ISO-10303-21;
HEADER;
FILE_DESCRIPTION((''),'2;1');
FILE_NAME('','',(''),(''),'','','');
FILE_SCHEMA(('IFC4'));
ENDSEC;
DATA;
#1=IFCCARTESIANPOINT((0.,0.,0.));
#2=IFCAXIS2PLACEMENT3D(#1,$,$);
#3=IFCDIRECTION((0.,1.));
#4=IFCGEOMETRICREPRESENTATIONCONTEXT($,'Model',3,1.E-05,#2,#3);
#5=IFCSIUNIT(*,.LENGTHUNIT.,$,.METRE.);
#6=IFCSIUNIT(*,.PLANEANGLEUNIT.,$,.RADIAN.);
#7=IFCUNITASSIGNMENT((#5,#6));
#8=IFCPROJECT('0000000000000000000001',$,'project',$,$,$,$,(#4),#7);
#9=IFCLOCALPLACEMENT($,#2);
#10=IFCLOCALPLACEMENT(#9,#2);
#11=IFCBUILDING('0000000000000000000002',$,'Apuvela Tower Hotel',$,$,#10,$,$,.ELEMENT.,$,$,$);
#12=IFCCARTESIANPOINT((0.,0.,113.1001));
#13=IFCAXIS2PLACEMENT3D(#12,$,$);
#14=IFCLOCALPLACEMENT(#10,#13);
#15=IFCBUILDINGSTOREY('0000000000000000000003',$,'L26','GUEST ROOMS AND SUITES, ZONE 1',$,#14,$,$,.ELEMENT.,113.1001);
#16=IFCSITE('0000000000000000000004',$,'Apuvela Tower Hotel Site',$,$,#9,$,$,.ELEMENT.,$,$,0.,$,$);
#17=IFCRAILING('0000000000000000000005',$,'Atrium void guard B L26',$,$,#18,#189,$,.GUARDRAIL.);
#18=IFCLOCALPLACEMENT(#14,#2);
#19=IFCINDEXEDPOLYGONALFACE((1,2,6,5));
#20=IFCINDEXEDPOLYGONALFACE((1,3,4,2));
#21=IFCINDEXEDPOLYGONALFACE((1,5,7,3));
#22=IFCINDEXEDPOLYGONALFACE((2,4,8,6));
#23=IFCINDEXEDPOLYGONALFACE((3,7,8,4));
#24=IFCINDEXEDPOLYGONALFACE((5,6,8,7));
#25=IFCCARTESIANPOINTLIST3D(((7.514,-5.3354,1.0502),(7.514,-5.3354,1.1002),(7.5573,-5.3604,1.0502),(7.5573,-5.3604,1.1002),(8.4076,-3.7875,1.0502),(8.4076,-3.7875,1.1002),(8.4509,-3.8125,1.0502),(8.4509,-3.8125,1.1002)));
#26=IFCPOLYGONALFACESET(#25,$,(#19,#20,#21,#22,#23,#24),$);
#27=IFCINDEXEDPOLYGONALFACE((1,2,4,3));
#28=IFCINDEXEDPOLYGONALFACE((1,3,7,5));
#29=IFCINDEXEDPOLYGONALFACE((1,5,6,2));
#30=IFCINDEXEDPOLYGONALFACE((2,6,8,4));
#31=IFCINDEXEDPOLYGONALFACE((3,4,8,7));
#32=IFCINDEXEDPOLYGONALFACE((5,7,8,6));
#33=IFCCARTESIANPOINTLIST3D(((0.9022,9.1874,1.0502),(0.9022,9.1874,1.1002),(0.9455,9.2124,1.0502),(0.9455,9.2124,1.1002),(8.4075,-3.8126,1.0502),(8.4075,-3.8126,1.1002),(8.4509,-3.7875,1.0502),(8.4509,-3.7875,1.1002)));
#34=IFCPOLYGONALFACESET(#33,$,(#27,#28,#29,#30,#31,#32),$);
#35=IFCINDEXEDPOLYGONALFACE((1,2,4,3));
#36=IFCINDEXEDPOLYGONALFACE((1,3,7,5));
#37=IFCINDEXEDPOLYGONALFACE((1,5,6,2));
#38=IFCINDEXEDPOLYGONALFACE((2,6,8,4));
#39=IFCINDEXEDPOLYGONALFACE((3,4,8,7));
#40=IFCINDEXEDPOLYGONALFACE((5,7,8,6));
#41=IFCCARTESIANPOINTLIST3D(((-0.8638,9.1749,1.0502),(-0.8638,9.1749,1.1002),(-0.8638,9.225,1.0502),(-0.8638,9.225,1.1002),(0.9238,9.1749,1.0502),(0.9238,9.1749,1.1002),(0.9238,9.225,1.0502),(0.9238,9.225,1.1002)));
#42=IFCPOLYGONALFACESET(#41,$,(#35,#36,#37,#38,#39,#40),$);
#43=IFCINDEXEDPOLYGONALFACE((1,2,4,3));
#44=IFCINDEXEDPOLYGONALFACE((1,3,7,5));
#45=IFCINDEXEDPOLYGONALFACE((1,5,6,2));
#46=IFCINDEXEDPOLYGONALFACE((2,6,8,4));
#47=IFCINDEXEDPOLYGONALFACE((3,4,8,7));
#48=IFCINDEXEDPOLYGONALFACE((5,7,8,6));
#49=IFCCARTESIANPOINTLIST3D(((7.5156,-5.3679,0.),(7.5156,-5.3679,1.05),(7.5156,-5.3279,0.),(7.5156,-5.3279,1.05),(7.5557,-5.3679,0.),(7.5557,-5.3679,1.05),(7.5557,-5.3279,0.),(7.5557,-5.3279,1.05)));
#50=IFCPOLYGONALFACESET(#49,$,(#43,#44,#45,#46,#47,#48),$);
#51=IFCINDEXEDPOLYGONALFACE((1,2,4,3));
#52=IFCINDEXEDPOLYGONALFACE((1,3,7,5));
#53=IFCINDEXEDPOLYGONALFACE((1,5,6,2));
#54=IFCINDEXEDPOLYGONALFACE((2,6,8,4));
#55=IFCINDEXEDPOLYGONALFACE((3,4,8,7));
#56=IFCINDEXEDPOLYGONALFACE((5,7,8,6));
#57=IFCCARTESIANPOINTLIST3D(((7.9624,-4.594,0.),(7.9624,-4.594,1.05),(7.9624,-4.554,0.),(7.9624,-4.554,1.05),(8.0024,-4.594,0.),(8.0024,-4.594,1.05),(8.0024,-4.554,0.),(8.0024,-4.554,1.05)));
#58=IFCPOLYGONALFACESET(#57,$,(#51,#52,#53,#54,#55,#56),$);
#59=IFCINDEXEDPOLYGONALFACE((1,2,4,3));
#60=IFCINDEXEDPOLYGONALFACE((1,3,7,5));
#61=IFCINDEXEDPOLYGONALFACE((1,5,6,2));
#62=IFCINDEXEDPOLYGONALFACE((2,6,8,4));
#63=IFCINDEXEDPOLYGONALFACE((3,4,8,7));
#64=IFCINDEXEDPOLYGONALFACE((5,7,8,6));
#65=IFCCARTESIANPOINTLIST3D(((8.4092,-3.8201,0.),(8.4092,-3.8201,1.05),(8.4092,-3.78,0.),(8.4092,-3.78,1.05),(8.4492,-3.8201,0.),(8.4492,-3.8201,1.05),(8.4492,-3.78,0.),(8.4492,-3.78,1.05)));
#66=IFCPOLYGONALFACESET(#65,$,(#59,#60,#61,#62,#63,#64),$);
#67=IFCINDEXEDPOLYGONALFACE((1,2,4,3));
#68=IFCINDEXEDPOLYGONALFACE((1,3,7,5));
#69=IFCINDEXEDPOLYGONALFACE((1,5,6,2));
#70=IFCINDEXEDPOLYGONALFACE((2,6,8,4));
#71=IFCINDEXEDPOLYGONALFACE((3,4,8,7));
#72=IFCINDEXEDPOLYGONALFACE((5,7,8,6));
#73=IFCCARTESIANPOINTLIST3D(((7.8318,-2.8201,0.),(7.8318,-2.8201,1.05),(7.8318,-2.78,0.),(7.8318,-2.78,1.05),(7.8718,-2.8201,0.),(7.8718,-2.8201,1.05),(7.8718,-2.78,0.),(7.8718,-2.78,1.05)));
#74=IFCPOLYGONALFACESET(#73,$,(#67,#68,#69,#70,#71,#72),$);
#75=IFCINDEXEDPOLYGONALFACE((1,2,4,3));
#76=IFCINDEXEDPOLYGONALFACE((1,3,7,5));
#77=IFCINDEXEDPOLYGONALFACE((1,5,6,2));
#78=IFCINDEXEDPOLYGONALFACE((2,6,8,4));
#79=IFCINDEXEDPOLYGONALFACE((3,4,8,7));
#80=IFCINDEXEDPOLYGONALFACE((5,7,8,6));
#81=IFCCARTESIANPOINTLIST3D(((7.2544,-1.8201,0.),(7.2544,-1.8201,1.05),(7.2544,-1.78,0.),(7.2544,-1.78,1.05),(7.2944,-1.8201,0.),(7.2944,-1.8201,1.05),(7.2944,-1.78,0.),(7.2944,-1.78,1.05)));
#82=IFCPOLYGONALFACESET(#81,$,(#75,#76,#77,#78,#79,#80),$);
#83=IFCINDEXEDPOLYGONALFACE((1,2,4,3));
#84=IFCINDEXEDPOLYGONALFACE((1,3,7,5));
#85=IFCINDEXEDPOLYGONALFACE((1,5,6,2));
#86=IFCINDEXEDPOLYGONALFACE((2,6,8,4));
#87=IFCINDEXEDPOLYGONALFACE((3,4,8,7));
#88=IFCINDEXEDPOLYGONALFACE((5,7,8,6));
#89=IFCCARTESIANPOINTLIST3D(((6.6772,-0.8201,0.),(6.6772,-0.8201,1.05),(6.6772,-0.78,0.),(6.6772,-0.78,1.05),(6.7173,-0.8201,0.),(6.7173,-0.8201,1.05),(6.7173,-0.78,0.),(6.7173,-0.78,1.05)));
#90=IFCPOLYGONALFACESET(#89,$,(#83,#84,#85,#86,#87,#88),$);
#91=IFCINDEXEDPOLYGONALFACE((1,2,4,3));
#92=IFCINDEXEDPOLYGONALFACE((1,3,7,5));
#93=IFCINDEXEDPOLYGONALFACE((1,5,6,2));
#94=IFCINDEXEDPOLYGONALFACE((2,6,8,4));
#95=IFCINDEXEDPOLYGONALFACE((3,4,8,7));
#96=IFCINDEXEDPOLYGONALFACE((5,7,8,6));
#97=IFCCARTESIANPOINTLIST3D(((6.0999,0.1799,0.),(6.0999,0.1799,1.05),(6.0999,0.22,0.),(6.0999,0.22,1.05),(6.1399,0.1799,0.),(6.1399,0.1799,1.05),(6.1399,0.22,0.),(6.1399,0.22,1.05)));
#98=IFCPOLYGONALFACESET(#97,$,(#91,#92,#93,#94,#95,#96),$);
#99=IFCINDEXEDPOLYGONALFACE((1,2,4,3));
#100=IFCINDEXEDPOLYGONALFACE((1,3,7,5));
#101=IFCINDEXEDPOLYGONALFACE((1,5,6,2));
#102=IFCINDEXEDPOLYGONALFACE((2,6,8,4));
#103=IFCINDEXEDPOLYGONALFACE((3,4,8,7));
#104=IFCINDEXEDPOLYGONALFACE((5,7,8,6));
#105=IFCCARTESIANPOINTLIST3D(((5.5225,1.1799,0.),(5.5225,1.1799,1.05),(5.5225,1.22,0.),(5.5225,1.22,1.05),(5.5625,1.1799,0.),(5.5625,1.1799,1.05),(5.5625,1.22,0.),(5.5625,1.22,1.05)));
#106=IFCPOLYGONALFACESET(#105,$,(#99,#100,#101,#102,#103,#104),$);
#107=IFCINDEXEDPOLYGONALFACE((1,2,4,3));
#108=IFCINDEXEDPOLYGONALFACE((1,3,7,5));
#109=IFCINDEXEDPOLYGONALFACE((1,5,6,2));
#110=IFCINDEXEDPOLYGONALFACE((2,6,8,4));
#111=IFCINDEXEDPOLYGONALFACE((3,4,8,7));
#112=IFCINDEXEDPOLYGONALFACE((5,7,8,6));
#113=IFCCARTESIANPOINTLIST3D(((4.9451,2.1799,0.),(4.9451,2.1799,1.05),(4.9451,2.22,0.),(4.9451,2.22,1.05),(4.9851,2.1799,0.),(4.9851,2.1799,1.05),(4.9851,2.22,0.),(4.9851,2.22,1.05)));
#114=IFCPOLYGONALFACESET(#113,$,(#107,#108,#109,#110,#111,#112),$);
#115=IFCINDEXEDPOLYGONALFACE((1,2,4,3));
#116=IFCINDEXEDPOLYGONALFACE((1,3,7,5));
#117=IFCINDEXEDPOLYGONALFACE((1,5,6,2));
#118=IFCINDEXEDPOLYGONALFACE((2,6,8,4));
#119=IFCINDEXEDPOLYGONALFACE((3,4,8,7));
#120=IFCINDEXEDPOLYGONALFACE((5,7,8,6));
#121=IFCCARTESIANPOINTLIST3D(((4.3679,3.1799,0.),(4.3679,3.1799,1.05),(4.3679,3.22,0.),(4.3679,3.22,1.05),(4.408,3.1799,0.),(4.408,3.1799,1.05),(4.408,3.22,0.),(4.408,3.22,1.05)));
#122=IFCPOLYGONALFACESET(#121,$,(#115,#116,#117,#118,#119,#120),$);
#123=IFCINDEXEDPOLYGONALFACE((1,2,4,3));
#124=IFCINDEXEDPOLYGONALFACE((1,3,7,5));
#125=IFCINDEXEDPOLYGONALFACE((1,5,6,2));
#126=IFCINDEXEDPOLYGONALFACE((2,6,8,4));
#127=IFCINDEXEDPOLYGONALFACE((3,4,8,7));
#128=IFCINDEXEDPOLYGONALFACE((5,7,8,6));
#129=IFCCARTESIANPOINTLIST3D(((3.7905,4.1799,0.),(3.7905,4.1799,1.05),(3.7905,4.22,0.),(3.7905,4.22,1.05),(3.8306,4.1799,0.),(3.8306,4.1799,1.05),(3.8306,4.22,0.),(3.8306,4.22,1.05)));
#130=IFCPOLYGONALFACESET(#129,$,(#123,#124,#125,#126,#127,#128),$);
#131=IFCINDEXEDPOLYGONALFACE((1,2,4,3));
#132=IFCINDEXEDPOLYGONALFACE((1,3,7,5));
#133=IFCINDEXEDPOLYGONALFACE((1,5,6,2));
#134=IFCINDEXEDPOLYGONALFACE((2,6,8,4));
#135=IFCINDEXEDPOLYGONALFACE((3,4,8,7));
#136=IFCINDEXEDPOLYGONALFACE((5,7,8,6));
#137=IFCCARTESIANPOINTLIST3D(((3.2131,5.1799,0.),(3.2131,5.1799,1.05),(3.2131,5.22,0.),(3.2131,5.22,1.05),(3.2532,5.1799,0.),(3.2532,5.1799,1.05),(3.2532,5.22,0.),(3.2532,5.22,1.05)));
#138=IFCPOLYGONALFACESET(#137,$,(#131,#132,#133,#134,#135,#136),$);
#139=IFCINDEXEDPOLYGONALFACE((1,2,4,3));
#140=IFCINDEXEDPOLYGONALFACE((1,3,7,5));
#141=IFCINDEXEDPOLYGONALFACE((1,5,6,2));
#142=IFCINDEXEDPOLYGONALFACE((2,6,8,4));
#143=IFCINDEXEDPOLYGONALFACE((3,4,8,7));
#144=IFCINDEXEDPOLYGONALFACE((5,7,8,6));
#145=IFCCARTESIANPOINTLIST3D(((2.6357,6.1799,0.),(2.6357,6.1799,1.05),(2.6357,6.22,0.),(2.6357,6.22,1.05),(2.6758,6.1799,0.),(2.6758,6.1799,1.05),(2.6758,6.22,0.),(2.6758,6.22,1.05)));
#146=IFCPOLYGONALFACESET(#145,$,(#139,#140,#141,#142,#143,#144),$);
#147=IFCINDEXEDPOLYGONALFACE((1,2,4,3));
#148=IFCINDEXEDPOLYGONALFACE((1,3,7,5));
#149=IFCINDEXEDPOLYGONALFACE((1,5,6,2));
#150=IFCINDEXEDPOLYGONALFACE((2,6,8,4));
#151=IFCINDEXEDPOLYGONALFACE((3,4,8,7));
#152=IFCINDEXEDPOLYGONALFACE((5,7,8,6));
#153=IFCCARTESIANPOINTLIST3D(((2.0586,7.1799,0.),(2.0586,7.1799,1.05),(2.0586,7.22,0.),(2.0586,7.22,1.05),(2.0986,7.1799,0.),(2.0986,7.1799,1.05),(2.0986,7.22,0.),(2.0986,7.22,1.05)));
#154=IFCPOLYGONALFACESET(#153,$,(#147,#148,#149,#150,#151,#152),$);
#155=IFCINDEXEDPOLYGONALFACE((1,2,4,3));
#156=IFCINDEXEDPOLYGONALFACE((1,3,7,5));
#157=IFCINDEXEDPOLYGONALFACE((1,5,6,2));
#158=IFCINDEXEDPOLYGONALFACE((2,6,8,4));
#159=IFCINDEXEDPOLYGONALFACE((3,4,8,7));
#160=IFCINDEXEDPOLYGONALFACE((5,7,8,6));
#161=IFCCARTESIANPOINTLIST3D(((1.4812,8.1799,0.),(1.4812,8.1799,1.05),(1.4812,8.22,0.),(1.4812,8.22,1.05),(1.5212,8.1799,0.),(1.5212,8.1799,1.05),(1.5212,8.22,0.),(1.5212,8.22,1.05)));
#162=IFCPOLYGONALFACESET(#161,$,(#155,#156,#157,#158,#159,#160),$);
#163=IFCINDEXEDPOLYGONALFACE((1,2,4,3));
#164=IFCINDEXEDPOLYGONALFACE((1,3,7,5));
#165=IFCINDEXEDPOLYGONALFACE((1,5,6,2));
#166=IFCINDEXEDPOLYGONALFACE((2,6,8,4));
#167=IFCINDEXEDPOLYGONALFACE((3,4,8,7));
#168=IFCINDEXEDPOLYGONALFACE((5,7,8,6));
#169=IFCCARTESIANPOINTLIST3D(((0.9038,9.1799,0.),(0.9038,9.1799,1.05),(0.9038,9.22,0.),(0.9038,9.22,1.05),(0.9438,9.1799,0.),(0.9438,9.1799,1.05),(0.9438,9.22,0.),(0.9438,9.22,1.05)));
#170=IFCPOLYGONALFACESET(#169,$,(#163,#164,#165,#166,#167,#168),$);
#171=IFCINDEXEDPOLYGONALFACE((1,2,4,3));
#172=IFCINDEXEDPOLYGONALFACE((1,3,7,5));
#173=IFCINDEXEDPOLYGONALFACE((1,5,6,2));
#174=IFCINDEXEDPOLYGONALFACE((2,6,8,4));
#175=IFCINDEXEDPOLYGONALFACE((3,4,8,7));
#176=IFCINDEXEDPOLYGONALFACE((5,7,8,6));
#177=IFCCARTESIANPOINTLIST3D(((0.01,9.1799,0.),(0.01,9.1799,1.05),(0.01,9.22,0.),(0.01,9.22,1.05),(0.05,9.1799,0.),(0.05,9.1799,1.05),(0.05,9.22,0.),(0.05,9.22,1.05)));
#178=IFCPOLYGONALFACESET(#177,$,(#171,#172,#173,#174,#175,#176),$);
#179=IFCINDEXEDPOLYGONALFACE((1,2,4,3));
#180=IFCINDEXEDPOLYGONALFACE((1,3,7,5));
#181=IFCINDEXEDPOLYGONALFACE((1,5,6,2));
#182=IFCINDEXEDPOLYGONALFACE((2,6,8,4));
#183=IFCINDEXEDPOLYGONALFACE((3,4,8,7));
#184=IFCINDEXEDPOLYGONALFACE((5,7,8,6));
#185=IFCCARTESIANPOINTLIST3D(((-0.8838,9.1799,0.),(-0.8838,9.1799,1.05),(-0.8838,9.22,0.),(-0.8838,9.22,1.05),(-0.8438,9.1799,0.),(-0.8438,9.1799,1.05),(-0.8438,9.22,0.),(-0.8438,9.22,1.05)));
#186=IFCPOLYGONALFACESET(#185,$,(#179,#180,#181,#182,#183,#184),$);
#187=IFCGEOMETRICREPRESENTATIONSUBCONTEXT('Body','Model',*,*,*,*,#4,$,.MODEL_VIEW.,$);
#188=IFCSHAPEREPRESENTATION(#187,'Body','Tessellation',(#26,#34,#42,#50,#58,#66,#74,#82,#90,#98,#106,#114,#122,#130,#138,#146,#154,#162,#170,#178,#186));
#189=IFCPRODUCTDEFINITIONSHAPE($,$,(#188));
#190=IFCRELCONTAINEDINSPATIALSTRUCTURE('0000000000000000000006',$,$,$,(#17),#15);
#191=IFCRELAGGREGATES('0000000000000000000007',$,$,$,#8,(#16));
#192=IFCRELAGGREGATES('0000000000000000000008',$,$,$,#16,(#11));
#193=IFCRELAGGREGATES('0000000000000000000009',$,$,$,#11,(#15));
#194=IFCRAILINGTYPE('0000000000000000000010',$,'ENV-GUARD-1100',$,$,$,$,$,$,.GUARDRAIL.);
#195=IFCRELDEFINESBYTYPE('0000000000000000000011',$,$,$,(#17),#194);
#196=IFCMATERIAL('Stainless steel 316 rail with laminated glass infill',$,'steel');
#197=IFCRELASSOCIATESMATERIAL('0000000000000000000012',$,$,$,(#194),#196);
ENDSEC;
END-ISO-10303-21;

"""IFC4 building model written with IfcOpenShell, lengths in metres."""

from ifc_helpers import new_model, si_unit, direction, frame, origin, origin_2d, place, context, subcontext, project, spatial, rectangle, extrude, material, type_object, element, save


model = new_model("IFC4")

# Units and contexts
model_context = context("Model", 3, precision=1e-05, world=origin(), true_north=direction((0.0, 1.0)))
body_context = subcontext(model_context, "Body", "Model", "MODEL_VIEW")
ifc_project = project(units=[si_unit("LENGTHUNIT", "METRE"), si_unit("PLANEANGLEUNIT", "RADIAN")], contexts=[model_context])

# Site, building, storey
site_placement = place(None, origin())
site = spatial("IfcSite", under=ifc_project, at=site_placement, Name="Apuvela Tower Hotel Site", CompositionType="ELEMENT", RefElevation=0.0)
building_placement = place(site_placement, origin())
building = spatial("IfcBuilding", under=site, at=building_placement, Name="Apuvela Tower Hotel", CompositionType="ELEMENT")
storey_placement = place(building_placement, frame((0.0, 0.0, 113.1001)))
storey = spatial("IfcBuildingStorey", under=building, at=storey_placement, Name="L26", Description="GUEST ROOMS AND SUITES, ZONE 1", CompositionType="ELEMENT", Elevation=113.1001)

# Railing
ifc_material_1 = material(Name="Stainless steel 316 rail with laminated glass infill", Category="steel")
railing_type_1 = type_object("IfcRailingType", Name="ENV-GUARD-1100", PredefinedType="GUARDRAIL", material=ifc_material_1)
railing_1_placement = place(storey_placement, frame((7.5356, -5.3479, 0.0)))
element("IfcRailing", 1, at=railing_1_placement, inside=storey, type_object=railing_type_1, Name="Atrium void guard B L26", PredefinedType="GUARDRAIL", context=body_context, shape_type="SweptSolid", body=[
    extrude(rectangle(XDim=0.05, YDim=0.05, at=origin_2d()), frame((0.0, 0.0, 1.0752), z_axis=(0.499959, 0.866049, 0.0), x_axis=(-0.866049, 0.499959, 0.0)), (0.0, 0.0, 1.0), 1.7874),
    extrude(rectangle(XDim=0.05, YDim=0.05, at=origin_2d()), frame((0.8936, 1.5479, 1.0752), z_axis=(-0.499991, 0.866031, 0.0), x_axis=(-0.866031, -0.499991, 0.0)), (0.0, 0.0, 1.0), 15.011),
    extrude(rectangle(XDim=0.05, YDim=0.05, at=origin_2d()), frame((-6.6118, 14.5479, 1.0752), z_axis=(-1.0, 0.0, 0.0), x_axis=(0.0, -1.0, 0.0)), (0.0, 0.0, 1.0), 1.7876),
    extrude(rectangle(XDim=0.04, YDim=0.04, at=origin_2d()), origin(), (0.0, 0.0, 1.0), 1.05),
    extrude(rectangle(XDim=0.04, YDim=0.04, at=origin_2d()), frame((0.4468, 0.7739, 0.0)), (0.0, 0.0, 1.0), 1.05),
    extrude(rectangle(XDim=0.04, YDim=0.04, at=origin_2d()), frame((0.8936, 1.5479, 0.0)), (0.0, 0.0, 1.0), 1.05),
    extrude(rectangle(XDim=0.04, YDim=0.04, at=origin_2d()), frame((0.3162, 2.5479, 0.0)), (0.0, 0.0, 1.0), 1.05),
    extrude(rectangle(XDim=0.04, YDim=0.04, at=origin_2d()), frame((-0.2612, 3.5479, 0.0)), (0.0, 0.0, 1.0), 1.05),
    extrude(rectangle(XDim=0.04, YDim=0.04, at=origin_2d()), frame((-0.8384, 4.5479, 0.0)), (0.0, 0.0, 1.0), 1.05),
    extrude(rectangle(XDim=0.04, YDim=0.04, at=origin_2d()), frame((-1.4158, 5.5479, 0.0)), (0.0, 0.0, 1.0), 1.05),
    extrude(rectangle(XDim=0.04, YDim=0.04, at=origin_2d()), frame((-1.9932, 6.5479, 0.0)), (0.0, 0.0, 1.0), 1.05),
    extrude(rectangle(XDim=0.04, YDim=0.04, at=origin_2d()), frame((-2.5706, 7.5479, 0.0)), (0.0, 0.0, 1.0), 1.05),
    extrude(rectangle(XDim=0.04, YDim=0.04, at=origin_2d()), frame((-3.1477, 8.5479, 0.0)), (0.0, 0.0, 1.0), 1.05),
    extrude(rectangle(XDim=0.04, YDim=0.04, at=origin_2d()), frame((-3.7251, 9.5479, 0.0)), (0.0, 0.0, 1.0), 1.05),
    extrude(rectangle(XDim=0.04, YDim=0.04, at=origin_2d()), frame((-4.3025, 10.5479, 0.0)), (0.0, 0.0, 1.0), 1.05),
    extrude(rectangle(XDim=0.04, YDim=0.04, at=origin_2d()), frame((-4.8799, 11.5479, 0.0)), (0.0, 0.0, 1.0), 1.05),
    extrude(rectangle(XDim=0.04, YDim=0.04, at=origin_2d()), frame((-5.457, 12.5479, 0.0)), (0.0, 0.0, 1.0), 1.05),
    extrude(rectangle(XDim=0.04, YDim=0.04, at=origin_2d()), frame((-6.0344, 13.5479, 0.0)), (0.0, 0.0, 1.0), 1.05),
    extrude(rectangle(XDim=0.04, YDim=0.04, at=origin_2d()), frame((-6.6118, 14.5479, 0.0)), (0.0, 0.0, 1.0), 1.05),
    extrude(rectangle(XDim=0.04, YDim=0.04, at=origin_2d()), frame((-7.5056, 14.5479, 0.0)), (0.0, 0.0, 1.0), 1.05),
    extrude(rectangle(XDim=0.04, YDim=0.04, at=origin_2d()), frame((-8.3994, 14.5479, 0.0)), (0.0, 0.0, 1.0), 1.05),
])

save(model, "model.ifc")
